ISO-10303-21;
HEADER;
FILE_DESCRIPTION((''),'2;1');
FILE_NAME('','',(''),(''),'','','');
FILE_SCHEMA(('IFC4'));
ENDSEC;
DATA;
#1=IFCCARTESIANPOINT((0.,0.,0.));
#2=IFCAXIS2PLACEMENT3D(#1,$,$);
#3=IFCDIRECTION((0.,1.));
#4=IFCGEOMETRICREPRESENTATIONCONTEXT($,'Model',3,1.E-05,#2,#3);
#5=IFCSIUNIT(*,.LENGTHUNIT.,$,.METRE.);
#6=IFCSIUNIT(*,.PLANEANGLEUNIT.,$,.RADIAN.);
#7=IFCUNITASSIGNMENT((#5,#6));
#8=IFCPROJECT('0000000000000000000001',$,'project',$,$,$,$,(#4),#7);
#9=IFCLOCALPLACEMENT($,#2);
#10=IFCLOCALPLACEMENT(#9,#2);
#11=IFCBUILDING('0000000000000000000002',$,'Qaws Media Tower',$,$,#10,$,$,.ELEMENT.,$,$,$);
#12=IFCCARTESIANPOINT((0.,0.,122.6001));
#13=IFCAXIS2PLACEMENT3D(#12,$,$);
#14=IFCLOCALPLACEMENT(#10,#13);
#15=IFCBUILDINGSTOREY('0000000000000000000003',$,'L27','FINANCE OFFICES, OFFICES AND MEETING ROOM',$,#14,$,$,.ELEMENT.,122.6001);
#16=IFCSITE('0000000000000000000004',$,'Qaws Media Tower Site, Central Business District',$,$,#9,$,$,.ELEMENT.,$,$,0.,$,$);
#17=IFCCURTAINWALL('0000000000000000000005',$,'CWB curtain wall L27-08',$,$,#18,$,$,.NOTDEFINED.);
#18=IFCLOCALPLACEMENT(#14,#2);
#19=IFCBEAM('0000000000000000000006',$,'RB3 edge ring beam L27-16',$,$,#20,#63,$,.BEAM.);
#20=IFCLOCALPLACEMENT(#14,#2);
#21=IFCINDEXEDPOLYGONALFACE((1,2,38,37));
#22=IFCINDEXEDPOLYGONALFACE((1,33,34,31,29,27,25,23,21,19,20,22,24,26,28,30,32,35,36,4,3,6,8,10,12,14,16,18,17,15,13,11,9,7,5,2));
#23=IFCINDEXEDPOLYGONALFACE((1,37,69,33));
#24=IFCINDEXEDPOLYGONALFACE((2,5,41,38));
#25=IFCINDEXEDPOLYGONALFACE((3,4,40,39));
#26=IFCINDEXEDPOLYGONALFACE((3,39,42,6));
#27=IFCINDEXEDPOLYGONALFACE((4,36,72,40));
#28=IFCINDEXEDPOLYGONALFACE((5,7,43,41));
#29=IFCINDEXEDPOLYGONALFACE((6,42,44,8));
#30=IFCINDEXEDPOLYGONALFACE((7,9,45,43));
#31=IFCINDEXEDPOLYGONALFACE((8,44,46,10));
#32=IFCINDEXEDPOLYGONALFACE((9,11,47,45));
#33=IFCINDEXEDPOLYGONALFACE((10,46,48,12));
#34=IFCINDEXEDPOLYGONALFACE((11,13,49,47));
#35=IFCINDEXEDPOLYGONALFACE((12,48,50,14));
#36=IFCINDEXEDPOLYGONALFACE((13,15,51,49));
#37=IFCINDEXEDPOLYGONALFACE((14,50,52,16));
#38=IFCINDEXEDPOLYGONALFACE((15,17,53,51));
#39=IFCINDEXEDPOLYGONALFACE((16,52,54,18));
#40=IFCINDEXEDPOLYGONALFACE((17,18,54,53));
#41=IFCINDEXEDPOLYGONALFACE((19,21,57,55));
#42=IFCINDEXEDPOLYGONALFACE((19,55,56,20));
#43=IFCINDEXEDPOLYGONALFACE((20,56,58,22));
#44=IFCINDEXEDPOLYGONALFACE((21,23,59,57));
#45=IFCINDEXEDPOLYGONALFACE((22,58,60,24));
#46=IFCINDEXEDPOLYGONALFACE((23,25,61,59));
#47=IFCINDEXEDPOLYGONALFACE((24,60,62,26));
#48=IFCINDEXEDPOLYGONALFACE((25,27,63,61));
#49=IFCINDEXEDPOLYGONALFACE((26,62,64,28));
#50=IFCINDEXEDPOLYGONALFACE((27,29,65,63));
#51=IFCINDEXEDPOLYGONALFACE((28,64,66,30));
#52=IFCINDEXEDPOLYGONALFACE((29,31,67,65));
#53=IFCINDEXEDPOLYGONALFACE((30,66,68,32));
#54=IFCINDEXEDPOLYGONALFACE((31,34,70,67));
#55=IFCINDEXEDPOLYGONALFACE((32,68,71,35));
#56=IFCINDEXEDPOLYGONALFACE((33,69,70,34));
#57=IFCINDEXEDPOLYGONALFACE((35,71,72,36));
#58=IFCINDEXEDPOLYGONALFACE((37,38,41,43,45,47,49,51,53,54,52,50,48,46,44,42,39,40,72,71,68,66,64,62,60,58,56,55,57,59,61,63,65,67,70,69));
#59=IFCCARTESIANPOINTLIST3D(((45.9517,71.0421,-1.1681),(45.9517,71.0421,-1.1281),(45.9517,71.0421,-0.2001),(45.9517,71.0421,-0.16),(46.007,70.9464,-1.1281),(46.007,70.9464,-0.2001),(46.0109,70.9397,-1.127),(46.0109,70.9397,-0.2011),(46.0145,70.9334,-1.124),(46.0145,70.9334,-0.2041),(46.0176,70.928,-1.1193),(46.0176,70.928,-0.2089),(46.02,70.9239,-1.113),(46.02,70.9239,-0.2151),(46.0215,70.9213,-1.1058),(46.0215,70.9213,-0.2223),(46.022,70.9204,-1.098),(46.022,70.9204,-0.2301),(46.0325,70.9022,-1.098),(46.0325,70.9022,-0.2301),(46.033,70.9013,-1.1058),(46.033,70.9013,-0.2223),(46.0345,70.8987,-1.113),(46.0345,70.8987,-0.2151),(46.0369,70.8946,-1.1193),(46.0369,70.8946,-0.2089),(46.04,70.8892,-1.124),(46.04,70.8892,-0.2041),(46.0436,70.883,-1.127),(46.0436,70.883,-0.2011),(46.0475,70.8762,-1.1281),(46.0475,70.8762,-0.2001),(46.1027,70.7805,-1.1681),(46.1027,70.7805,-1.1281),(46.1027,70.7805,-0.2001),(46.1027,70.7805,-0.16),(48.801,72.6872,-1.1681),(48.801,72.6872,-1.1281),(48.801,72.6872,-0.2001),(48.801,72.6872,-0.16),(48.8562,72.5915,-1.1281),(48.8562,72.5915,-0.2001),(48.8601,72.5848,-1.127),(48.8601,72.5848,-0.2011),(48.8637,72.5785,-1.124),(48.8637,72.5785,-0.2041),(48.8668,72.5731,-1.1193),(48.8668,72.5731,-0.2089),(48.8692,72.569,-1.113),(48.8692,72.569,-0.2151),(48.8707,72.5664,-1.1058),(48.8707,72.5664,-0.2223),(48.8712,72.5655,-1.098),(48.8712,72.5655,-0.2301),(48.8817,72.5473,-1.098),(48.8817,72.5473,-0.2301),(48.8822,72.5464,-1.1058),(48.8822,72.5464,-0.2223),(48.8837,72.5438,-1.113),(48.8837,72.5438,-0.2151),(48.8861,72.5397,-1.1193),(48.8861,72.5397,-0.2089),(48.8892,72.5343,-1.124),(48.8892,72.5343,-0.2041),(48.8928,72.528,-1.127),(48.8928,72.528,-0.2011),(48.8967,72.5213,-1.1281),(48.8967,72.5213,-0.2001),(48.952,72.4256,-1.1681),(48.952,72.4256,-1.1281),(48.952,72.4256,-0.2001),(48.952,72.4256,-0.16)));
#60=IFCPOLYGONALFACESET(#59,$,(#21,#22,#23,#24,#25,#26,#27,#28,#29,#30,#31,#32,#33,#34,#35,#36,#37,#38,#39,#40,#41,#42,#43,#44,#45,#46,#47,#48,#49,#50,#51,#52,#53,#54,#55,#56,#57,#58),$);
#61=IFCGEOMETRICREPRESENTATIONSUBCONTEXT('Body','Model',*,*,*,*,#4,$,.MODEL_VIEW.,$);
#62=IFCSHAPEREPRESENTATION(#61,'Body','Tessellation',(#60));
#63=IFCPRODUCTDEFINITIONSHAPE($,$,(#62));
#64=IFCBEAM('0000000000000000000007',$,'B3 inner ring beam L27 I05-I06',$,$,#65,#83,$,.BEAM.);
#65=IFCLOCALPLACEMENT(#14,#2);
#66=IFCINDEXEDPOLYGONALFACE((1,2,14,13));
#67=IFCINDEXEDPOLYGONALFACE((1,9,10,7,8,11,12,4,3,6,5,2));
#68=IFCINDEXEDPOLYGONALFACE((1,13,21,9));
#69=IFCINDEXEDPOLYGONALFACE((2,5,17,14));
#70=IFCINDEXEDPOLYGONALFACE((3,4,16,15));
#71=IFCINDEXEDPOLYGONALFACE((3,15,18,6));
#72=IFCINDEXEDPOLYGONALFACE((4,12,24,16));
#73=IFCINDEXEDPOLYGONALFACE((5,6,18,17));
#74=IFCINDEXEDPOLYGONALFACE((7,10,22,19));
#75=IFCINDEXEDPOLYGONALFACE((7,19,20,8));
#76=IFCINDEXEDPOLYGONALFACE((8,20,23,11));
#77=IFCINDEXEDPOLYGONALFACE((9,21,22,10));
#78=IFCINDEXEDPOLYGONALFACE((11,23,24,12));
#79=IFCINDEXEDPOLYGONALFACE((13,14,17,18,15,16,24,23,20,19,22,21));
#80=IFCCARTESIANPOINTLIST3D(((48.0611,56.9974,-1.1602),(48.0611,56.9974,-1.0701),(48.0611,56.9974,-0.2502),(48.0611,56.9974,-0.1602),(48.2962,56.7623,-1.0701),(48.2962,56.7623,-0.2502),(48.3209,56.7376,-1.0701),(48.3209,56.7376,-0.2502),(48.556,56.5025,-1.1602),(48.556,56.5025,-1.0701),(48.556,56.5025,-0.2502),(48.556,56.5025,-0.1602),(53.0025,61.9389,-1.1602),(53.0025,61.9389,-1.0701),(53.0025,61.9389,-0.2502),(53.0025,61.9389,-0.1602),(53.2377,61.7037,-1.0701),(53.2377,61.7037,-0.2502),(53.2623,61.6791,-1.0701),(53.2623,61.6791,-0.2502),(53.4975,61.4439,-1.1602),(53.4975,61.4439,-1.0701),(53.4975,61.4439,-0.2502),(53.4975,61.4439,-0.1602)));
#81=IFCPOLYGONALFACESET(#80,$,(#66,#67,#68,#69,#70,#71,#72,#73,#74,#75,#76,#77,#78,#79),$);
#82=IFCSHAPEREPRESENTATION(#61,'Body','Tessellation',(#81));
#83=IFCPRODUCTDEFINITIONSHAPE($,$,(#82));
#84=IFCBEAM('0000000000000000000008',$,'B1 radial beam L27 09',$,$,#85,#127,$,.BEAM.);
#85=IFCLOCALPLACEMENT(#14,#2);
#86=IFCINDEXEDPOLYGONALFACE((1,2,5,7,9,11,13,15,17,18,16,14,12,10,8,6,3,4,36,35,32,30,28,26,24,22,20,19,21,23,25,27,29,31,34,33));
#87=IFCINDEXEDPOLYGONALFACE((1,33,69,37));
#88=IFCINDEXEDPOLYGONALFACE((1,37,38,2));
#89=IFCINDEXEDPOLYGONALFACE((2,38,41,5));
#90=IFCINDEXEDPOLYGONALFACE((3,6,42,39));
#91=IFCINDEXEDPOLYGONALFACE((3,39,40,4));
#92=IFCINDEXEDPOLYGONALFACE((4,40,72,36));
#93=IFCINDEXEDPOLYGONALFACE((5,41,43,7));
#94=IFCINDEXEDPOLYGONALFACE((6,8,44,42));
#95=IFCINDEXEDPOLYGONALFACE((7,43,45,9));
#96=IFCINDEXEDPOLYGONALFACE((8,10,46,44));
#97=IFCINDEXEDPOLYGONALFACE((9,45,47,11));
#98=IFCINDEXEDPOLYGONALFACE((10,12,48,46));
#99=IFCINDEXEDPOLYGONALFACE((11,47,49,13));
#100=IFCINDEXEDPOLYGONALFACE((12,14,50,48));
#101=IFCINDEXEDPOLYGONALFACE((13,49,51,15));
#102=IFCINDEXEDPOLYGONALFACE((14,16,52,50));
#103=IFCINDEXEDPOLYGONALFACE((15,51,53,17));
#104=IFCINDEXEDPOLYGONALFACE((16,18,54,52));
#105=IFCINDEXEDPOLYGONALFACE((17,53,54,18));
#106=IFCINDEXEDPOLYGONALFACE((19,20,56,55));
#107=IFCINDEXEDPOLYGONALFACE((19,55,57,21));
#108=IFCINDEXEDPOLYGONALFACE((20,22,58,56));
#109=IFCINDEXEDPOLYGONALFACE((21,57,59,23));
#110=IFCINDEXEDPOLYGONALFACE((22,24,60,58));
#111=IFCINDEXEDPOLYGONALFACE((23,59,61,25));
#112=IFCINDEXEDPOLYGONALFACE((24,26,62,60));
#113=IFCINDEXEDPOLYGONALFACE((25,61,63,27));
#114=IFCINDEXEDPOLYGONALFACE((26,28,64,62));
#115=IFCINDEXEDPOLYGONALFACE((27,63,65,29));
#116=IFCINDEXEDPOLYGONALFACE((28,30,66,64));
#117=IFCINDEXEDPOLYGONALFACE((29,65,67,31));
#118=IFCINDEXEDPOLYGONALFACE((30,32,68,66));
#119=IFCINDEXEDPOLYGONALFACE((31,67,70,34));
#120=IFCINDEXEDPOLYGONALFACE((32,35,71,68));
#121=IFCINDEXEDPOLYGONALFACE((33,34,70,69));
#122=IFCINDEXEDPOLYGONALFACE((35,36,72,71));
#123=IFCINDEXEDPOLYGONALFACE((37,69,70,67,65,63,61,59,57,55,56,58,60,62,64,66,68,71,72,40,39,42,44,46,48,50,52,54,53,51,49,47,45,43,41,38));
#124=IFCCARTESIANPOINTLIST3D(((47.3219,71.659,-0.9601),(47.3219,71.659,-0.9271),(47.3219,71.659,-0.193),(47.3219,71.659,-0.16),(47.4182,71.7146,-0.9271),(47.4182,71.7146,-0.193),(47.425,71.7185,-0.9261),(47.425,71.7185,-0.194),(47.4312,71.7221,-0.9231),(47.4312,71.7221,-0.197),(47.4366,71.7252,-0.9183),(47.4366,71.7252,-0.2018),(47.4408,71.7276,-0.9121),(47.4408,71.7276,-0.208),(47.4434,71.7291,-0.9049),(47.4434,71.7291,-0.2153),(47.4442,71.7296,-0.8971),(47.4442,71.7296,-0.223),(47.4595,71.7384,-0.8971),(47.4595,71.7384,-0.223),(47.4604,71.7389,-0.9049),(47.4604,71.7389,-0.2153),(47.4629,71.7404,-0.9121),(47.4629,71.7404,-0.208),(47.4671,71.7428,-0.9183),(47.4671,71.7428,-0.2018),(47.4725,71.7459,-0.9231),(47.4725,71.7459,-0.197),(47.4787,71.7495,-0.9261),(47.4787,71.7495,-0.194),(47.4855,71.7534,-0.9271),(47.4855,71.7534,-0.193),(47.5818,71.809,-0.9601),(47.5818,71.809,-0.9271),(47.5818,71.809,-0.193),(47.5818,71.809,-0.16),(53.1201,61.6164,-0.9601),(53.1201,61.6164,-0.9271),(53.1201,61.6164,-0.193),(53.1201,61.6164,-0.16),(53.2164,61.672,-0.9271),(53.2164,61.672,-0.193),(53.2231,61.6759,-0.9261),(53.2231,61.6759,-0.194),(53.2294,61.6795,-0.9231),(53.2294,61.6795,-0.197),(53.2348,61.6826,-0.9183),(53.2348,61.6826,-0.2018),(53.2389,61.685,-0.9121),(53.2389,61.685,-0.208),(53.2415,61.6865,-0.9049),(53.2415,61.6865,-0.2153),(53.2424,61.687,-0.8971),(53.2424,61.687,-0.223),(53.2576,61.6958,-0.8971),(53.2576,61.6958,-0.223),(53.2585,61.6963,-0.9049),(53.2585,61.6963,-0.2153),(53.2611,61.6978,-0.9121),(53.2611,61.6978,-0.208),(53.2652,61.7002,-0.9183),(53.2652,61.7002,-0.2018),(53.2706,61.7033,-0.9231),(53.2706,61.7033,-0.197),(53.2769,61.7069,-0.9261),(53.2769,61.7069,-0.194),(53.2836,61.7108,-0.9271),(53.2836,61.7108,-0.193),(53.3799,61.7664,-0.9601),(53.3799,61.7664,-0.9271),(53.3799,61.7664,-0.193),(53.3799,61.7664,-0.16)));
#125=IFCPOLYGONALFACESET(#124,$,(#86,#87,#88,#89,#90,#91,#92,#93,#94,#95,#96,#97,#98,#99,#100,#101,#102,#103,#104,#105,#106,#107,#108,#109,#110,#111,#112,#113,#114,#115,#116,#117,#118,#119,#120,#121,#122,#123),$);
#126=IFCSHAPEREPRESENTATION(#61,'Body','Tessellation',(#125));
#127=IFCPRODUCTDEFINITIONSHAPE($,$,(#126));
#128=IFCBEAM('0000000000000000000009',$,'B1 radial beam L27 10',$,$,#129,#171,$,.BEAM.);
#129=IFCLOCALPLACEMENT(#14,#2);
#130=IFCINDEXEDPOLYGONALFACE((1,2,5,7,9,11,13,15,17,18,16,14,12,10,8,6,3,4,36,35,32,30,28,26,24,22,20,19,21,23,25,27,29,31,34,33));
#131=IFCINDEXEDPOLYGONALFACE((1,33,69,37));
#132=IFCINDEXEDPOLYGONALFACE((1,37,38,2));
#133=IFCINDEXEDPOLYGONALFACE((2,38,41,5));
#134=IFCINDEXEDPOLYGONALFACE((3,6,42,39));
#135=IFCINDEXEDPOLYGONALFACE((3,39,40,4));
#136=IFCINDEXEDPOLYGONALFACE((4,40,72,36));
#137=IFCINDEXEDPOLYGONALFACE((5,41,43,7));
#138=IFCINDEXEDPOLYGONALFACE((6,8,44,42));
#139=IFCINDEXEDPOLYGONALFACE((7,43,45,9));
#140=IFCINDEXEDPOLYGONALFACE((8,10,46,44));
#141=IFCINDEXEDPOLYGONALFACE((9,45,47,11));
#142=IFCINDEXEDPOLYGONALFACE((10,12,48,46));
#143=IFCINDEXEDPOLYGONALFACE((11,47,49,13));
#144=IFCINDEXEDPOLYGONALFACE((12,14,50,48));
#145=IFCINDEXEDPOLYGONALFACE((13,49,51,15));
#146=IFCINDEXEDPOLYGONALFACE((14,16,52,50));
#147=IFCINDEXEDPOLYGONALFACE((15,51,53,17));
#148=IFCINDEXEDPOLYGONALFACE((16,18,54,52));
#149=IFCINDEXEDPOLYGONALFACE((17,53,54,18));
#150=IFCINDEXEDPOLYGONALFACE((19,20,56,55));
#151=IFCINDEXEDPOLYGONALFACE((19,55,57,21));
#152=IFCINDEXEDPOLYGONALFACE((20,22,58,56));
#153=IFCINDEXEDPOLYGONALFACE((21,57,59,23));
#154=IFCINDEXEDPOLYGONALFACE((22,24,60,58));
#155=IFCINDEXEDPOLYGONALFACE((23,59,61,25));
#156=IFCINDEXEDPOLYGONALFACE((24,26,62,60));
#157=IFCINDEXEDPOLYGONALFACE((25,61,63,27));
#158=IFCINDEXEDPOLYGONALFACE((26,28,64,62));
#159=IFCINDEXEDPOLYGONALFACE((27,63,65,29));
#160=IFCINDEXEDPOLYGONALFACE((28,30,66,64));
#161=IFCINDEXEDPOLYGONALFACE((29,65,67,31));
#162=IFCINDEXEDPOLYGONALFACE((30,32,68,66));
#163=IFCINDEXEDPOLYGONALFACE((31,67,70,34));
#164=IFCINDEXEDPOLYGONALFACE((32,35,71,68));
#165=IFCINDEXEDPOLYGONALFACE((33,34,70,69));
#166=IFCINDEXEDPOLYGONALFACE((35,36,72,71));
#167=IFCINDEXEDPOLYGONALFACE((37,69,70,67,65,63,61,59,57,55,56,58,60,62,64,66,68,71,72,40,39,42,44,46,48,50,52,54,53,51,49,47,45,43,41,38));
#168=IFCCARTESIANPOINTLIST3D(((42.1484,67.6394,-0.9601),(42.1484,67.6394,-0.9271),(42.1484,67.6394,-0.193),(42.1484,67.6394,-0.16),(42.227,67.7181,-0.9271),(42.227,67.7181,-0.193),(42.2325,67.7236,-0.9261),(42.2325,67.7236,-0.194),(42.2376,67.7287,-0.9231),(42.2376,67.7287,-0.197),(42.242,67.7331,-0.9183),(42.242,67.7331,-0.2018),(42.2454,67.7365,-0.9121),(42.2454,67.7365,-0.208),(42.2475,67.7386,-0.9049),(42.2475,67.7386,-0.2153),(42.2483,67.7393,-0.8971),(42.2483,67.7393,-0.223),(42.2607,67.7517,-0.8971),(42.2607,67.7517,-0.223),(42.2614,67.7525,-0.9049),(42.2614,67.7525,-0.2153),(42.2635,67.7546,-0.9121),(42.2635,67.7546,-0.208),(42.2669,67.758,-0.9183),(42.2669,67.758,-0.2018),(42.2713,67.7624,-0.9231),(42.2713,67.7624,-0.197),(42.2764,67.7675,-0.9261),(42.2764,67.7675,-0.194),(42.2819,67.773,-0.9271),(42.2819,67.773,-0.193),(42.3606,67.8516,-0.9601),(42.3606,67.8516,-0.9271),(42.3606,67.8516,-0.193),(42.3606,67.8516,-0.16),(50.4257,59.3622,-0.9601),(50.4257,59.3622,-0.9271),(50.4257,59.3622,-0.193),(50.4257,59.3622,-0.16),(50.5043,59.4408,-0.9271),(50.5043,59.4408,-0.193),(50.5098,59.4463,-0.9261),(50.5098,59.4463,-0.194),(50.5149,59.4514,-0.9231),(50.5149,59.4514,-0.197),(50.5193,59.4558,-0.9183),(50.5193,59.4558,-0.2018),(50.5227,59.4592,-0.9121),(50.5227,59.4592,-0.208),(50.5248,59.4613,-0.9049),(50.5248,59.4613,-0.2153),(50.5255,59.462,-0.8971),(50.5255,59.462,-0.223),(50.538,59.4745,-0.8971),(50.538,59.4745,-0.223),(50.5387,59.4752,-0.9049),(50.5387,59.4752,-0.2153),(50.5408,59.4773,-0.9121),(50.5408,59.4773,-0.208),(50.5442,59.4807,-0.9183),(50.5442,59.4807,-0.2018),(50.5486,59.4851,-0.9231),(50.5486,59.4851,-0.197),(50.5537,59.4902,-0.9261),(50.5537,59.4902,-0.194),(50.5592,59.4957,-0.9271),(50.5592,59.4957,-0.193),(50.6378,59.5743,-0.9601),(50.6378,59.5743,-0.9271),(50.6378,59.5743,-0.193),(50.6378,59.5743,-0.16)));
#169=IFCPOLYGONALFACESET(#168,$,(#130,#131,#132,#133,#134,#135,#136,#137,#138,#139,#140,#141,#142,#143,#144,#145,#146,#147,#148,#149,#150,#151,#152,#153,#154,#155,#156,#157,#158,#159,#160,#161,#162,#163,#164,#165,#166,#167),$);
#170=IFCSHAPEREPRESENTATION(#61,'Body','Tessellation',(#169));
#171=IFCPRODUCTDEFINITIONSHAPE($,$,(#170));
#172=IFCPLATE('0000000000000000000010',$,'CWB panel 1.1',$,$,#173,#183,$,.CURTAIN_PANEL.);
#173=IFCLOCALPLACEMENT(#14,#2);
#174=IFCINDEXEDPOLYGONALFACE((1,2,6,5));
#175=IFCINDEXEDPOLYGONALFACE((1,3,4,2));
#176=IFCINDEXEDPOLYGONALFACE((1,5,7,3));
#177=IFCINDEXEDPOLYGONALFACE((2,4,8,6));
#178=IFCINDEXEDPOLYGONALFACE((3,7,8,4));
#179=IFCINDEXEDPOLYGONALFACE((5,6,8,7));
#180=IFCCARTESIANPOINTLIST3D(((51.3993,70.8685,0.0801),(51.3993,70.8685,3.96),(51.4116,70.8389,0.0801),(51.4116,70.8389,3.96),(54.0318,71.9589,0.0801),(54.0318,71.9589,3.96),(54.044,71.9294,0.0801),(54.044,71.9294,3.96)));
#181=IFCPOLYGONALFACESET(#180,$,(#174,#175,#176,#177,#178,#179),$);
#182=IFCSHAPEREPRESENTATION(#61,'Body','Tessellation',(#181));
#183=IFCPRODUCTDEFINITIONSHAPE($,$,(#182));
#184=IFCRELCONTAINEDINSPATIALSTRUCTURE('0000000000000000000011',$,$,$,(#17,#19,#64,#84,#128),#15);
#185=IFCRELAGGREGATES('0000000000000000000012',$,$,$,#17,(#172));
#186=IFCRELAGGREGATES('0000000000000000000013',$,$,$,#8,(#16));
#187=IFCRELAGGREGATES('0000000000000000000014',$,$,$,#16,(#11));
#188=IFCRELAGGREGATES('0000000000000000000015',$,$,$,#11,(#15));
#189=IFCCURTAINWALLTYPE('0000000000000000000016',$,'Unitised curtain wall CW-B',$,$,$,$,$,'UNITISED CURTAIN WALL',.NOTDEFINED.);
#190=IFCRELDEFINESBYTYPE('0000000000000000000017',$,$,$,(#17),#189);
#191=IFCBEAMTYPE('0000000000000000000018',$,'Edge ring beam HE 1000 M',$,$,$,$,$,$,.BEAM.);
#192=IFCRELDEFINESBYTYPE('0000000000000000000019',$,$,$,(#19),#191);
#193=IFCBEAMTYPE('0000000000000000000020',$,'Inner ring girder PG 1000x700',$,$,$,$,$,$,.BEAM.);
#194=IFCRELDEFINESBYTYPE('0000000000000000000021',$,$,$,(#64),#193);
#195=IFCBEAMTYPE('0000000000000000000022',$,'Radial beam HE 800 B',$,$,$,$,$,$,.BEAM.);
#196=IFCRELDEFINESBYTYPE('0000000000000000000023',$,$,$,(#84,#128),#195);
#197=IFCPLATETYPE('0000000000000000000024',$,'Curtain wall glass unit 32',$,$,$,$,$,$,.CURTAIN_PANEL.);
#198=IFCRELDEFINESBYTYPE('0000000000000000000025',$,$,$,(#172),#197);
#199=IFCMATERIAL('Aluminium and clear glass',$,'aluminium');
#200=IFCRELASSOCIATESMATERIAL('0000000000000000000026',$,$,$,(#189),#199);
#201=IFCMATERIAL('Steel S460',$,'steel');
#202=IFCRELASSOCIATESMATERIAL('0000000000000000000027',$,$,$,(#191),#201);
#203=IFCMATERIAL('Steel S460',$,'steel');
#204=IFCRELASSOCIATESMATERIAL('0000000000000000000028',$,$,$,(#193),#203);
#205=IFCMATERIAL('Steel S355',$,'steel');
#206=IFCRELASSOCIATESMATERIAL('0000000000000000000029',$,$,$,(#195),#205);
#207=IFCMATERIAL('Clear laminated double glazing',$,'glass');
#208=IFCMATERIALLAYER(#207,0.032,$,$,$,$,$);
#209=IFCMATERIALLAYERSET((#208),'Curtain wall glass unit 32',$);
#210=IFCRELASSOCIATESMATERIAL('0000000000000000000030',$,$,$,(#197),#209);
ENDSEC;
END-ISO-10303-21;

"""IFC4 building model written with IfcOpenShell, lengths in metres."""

from ifc_helpers import new_model, si_unit, direction, frame, origin, origin_2d, place, context, subcontext, project, spatial, rectangle, i_section, extrude, material, layer, layer_set, material_profile, profile_set, type_object, element, aggregate, save


model = new_model("IFC4")

# Units and contexts
model_context = context("Model", 3, precision=1e-05, world=origin(), true_north=direction((0.0, 1.0)))
body_context = subcontext(model_context, "Body", "Model", "MODEL_VIEW")
ifc_project = project(units=[si_unit("LENGTHUNIT", "METRE"), si_unit("PLANEANGLEUNIT", "RADIAN")], contexts=[model_context])

# Site, building, storey
site_placement = place(None, origin())
site = spatial("IfcSite", under=ifc_project, at=site_placement, Name="Qaws Media Tower Site, Central Business District", CompositionType="ELEMENT", RefElevation=0.0)
building_placement = place(site_placement, origin())
building = spatial("IfcBuilding", under=site, at=building_placement, Name="Qaws Media Tower", CompositionType="ELEMENT")
storey_placement = place(building_placement, frame((0.0, 0.0, 122.6001)))
storey = spatial("IfcBuildingStorey", under=building, at=storey_placement, Name="L27", Description="FINANCE OFFICES, OFFICES AND MEETING ROOM", CompositionType="ELEMENT", Elevation=122.6001)

# Curtain wall
ifc_material_1 = material(Name="Aluminium and clear glass", Category="aluminium")
curtain_wall_type = type_object("IfcCurtainWallType", Name="Unitised curtain wall CW-B", ElementType="UNITISED CURTAIN WALL", PredefinedType="NOTDEFINED", material=ifc_material_1)
curtain_wall_1_placement = place(storey_placement, origin())
curtain_wall_1 = element("IfcCurtainWall", 1, at=curtain_wall_1_placement, inside=storey, type_object=curtain_wall_type, Name="CWB curtain wall L27-08", PredefinedType="NOTDEFINED")

# Beams
ifc_material_2 = material(Name="Steel S460", Category="steel")
ifc_material_profile_1 = material_profile(ifc_material_2, i_section(OverallWidth=0.302, OverallDepth=1.0081, WebThickness=0.021, FlangeThickness=0.04, FilletRadius=0.03, at=origin_2d()), Name="HE 1000 M")
ifc_profile_set_1 = profile_set([ifc_material_profile_1], Name="Steel S460")
beam_type_1 = type_object("IfcBeamType", Name="Edge ring beam HE 1000 M", PredefinedType="BEAM", material=ifc_profile_set_1)
beam_1_placement = place(storey_placement, frame((48.8765, 72.5564, -0.6641), z_axis=(-0.866015, -0.500018, 0.0), x_axis=(0.500018, -0.866015, 0.0)))
element("IfcBeam", 2, at=beam_1_placement, inside=storey, type_object=beam_type_1, Name="RB3 edge ring beam L27-16", PredefinedType="BEAM", context=body_context, shape_type="SweptSolid", body=[
    extrude(i_section(OverallWidth=0.302, OverallDepth=1.0081, WebThickness=0.021, FlangeThickness=0.04, FilletRadius=0.03, at=origin_2d()), origin(), (0.0, 0.0, 1.0), 3.29),
])
ifc_material_3 = material(Name="Steel S460", Category="steel")
ifc_material_profile_2 = material_profile(ifc_material_3, i_section(OverallWidth=0.7, OverallDepth=1.0, WebThickness=0.0349, FlangeThickness=0.0901, at=origin_2d()), Name="PG 1000x700")
ifc_profile_set_2 = profile_set([ifc_material_profile_2], Name="Steel S460")
beam_type_2 = type_object("IfcBeamType", Name="Inner ring girder PG 1000x700", PredefinedType="BEAM", material=ifc_profile_set_2)
beam_2_placement = place(storey_placement, frame((53.25, 61.6914, -0.6602), z_axis=(-0.707107, -0.707107, 0.0), x_axis=(0.707107, -0.707107, 0.0)))
element("IfcBeam", 3, at=beam_2_placement, inside=storey, type_object=beam_type_2, Name="B3 inner ring beam L27 I05-I06", PredefinedType="BEAM", context=body_context, shape_type="SweptSolid", body=[
    extrude(i_section(OverallWidth=0.7, OverallDepth=1.0, WebThickness=0.0349, FlangeThickness=0.0901, at=origin_2d()), origin(), (0.0, 0.0, 1.0), 6.9883),
])
ifc_material_4 = material(Name="Steel S355", Category="steel")
ifc_material_profile_3 = material_profile(ifc_material_4, i_section(OverallWidth=0.3, OverallDepth=0.8, WebThickness=0.0176, FlangeThickness=0.033, FilletRadius=0.03, at=origin_2d()), Name="HE 800 B")
ifc_profile_set_3 = profile_set([ifc_material_profile_3], Name="Steel S355")
beam_type_3 = type_object("IfcBeamType", Name="Radial beam HE 800 B", PredefinedType="BEAM", material=ifc_profile_set_3)
beam_3_placement = place(storey_placement, frame((53.25, 61.6914, -0.5601), z_axis=(-0.500004, 0.866023, 0.0), x_axis=(-0.866023, -0.500004, 0.0)))
element("IfcBeam", 4, at=beam_3_placement, inside=storey, type_object=beam_type_3, Name="B1 radial beam L27 09", PredefinedType="BEAM", context=body_context, shape_type="SweptSolid", body=[
    extrude(i_section(OverallWidth=0.3, OverallDepth=0.8, WebThickness=0.0176, FlangeThickness=0.033, FilletRadius=0.03, at=origin_2d()), origin(), (0.0, 0.0, 1.0), 11.5962),
])
beam_4_placement = place(storey_placement, frame((50.5317, 59.4683, -0.5601), z_axis=(-0.707107, 0.707107, 0.0), x_axis=(-0.707107, -0.707107, 0.0)))
element("IfcBeam", 5, at=beam_4_placement, inside=storey, type_object=beam_type_3, Name="B1 radial beam L27 10", PredefinedType="BEAM", context=body_context, shape_type="SweptSolid", body=[
    extrude(i_section(OverallWidth=0.3, OverallDepth=0.8, WebThickness=0.0176, FlangeThickness=0.033, FilletRadius=0.03, at=origin_2d()), origin(), (0.0, 0.0, 1.0), 11.7058),
])

# Plate
ifc_material_5 = material(Name="Clear laminated double glazing", Category="glass")
ifc_layer_1 = layer(ifc_material_5, 0.032)
ifc_layer_set_1 = layer_set([ifc_layer_1], Name="Curtain wall glass unit 32")
plate_type = type_object("IfcPlateType", Name="Curtain wall glass unit 32", PredefinedType="CURTAIN_PANEL", material=ifc_layer_set_1)
plate_1_placement = place(storey_placement, frame((52.7217, 71.3989, 0.0801), z_axis=(0.0, 0.0, 1.0), x_axis=(-0.92388, -0.382683, 0.0)))
plate_1 = element("IfcPlate", 6, at=plate_1_placement, type_object=plate_type, Name="CWB panel 1.1", PredefinedType="CURTAIN_PANEL", context=body_context, shape_type="SweptSolid", body=[
    extrude(rectangle(XDim=2.8494, YDim=0.032, at=origin_2d()), origin(), (0.0, 0.0, 1.0), 3.8799),
])
aggregate(curtain_wall_1, [plate_1])

save(model, "model.ifc")
